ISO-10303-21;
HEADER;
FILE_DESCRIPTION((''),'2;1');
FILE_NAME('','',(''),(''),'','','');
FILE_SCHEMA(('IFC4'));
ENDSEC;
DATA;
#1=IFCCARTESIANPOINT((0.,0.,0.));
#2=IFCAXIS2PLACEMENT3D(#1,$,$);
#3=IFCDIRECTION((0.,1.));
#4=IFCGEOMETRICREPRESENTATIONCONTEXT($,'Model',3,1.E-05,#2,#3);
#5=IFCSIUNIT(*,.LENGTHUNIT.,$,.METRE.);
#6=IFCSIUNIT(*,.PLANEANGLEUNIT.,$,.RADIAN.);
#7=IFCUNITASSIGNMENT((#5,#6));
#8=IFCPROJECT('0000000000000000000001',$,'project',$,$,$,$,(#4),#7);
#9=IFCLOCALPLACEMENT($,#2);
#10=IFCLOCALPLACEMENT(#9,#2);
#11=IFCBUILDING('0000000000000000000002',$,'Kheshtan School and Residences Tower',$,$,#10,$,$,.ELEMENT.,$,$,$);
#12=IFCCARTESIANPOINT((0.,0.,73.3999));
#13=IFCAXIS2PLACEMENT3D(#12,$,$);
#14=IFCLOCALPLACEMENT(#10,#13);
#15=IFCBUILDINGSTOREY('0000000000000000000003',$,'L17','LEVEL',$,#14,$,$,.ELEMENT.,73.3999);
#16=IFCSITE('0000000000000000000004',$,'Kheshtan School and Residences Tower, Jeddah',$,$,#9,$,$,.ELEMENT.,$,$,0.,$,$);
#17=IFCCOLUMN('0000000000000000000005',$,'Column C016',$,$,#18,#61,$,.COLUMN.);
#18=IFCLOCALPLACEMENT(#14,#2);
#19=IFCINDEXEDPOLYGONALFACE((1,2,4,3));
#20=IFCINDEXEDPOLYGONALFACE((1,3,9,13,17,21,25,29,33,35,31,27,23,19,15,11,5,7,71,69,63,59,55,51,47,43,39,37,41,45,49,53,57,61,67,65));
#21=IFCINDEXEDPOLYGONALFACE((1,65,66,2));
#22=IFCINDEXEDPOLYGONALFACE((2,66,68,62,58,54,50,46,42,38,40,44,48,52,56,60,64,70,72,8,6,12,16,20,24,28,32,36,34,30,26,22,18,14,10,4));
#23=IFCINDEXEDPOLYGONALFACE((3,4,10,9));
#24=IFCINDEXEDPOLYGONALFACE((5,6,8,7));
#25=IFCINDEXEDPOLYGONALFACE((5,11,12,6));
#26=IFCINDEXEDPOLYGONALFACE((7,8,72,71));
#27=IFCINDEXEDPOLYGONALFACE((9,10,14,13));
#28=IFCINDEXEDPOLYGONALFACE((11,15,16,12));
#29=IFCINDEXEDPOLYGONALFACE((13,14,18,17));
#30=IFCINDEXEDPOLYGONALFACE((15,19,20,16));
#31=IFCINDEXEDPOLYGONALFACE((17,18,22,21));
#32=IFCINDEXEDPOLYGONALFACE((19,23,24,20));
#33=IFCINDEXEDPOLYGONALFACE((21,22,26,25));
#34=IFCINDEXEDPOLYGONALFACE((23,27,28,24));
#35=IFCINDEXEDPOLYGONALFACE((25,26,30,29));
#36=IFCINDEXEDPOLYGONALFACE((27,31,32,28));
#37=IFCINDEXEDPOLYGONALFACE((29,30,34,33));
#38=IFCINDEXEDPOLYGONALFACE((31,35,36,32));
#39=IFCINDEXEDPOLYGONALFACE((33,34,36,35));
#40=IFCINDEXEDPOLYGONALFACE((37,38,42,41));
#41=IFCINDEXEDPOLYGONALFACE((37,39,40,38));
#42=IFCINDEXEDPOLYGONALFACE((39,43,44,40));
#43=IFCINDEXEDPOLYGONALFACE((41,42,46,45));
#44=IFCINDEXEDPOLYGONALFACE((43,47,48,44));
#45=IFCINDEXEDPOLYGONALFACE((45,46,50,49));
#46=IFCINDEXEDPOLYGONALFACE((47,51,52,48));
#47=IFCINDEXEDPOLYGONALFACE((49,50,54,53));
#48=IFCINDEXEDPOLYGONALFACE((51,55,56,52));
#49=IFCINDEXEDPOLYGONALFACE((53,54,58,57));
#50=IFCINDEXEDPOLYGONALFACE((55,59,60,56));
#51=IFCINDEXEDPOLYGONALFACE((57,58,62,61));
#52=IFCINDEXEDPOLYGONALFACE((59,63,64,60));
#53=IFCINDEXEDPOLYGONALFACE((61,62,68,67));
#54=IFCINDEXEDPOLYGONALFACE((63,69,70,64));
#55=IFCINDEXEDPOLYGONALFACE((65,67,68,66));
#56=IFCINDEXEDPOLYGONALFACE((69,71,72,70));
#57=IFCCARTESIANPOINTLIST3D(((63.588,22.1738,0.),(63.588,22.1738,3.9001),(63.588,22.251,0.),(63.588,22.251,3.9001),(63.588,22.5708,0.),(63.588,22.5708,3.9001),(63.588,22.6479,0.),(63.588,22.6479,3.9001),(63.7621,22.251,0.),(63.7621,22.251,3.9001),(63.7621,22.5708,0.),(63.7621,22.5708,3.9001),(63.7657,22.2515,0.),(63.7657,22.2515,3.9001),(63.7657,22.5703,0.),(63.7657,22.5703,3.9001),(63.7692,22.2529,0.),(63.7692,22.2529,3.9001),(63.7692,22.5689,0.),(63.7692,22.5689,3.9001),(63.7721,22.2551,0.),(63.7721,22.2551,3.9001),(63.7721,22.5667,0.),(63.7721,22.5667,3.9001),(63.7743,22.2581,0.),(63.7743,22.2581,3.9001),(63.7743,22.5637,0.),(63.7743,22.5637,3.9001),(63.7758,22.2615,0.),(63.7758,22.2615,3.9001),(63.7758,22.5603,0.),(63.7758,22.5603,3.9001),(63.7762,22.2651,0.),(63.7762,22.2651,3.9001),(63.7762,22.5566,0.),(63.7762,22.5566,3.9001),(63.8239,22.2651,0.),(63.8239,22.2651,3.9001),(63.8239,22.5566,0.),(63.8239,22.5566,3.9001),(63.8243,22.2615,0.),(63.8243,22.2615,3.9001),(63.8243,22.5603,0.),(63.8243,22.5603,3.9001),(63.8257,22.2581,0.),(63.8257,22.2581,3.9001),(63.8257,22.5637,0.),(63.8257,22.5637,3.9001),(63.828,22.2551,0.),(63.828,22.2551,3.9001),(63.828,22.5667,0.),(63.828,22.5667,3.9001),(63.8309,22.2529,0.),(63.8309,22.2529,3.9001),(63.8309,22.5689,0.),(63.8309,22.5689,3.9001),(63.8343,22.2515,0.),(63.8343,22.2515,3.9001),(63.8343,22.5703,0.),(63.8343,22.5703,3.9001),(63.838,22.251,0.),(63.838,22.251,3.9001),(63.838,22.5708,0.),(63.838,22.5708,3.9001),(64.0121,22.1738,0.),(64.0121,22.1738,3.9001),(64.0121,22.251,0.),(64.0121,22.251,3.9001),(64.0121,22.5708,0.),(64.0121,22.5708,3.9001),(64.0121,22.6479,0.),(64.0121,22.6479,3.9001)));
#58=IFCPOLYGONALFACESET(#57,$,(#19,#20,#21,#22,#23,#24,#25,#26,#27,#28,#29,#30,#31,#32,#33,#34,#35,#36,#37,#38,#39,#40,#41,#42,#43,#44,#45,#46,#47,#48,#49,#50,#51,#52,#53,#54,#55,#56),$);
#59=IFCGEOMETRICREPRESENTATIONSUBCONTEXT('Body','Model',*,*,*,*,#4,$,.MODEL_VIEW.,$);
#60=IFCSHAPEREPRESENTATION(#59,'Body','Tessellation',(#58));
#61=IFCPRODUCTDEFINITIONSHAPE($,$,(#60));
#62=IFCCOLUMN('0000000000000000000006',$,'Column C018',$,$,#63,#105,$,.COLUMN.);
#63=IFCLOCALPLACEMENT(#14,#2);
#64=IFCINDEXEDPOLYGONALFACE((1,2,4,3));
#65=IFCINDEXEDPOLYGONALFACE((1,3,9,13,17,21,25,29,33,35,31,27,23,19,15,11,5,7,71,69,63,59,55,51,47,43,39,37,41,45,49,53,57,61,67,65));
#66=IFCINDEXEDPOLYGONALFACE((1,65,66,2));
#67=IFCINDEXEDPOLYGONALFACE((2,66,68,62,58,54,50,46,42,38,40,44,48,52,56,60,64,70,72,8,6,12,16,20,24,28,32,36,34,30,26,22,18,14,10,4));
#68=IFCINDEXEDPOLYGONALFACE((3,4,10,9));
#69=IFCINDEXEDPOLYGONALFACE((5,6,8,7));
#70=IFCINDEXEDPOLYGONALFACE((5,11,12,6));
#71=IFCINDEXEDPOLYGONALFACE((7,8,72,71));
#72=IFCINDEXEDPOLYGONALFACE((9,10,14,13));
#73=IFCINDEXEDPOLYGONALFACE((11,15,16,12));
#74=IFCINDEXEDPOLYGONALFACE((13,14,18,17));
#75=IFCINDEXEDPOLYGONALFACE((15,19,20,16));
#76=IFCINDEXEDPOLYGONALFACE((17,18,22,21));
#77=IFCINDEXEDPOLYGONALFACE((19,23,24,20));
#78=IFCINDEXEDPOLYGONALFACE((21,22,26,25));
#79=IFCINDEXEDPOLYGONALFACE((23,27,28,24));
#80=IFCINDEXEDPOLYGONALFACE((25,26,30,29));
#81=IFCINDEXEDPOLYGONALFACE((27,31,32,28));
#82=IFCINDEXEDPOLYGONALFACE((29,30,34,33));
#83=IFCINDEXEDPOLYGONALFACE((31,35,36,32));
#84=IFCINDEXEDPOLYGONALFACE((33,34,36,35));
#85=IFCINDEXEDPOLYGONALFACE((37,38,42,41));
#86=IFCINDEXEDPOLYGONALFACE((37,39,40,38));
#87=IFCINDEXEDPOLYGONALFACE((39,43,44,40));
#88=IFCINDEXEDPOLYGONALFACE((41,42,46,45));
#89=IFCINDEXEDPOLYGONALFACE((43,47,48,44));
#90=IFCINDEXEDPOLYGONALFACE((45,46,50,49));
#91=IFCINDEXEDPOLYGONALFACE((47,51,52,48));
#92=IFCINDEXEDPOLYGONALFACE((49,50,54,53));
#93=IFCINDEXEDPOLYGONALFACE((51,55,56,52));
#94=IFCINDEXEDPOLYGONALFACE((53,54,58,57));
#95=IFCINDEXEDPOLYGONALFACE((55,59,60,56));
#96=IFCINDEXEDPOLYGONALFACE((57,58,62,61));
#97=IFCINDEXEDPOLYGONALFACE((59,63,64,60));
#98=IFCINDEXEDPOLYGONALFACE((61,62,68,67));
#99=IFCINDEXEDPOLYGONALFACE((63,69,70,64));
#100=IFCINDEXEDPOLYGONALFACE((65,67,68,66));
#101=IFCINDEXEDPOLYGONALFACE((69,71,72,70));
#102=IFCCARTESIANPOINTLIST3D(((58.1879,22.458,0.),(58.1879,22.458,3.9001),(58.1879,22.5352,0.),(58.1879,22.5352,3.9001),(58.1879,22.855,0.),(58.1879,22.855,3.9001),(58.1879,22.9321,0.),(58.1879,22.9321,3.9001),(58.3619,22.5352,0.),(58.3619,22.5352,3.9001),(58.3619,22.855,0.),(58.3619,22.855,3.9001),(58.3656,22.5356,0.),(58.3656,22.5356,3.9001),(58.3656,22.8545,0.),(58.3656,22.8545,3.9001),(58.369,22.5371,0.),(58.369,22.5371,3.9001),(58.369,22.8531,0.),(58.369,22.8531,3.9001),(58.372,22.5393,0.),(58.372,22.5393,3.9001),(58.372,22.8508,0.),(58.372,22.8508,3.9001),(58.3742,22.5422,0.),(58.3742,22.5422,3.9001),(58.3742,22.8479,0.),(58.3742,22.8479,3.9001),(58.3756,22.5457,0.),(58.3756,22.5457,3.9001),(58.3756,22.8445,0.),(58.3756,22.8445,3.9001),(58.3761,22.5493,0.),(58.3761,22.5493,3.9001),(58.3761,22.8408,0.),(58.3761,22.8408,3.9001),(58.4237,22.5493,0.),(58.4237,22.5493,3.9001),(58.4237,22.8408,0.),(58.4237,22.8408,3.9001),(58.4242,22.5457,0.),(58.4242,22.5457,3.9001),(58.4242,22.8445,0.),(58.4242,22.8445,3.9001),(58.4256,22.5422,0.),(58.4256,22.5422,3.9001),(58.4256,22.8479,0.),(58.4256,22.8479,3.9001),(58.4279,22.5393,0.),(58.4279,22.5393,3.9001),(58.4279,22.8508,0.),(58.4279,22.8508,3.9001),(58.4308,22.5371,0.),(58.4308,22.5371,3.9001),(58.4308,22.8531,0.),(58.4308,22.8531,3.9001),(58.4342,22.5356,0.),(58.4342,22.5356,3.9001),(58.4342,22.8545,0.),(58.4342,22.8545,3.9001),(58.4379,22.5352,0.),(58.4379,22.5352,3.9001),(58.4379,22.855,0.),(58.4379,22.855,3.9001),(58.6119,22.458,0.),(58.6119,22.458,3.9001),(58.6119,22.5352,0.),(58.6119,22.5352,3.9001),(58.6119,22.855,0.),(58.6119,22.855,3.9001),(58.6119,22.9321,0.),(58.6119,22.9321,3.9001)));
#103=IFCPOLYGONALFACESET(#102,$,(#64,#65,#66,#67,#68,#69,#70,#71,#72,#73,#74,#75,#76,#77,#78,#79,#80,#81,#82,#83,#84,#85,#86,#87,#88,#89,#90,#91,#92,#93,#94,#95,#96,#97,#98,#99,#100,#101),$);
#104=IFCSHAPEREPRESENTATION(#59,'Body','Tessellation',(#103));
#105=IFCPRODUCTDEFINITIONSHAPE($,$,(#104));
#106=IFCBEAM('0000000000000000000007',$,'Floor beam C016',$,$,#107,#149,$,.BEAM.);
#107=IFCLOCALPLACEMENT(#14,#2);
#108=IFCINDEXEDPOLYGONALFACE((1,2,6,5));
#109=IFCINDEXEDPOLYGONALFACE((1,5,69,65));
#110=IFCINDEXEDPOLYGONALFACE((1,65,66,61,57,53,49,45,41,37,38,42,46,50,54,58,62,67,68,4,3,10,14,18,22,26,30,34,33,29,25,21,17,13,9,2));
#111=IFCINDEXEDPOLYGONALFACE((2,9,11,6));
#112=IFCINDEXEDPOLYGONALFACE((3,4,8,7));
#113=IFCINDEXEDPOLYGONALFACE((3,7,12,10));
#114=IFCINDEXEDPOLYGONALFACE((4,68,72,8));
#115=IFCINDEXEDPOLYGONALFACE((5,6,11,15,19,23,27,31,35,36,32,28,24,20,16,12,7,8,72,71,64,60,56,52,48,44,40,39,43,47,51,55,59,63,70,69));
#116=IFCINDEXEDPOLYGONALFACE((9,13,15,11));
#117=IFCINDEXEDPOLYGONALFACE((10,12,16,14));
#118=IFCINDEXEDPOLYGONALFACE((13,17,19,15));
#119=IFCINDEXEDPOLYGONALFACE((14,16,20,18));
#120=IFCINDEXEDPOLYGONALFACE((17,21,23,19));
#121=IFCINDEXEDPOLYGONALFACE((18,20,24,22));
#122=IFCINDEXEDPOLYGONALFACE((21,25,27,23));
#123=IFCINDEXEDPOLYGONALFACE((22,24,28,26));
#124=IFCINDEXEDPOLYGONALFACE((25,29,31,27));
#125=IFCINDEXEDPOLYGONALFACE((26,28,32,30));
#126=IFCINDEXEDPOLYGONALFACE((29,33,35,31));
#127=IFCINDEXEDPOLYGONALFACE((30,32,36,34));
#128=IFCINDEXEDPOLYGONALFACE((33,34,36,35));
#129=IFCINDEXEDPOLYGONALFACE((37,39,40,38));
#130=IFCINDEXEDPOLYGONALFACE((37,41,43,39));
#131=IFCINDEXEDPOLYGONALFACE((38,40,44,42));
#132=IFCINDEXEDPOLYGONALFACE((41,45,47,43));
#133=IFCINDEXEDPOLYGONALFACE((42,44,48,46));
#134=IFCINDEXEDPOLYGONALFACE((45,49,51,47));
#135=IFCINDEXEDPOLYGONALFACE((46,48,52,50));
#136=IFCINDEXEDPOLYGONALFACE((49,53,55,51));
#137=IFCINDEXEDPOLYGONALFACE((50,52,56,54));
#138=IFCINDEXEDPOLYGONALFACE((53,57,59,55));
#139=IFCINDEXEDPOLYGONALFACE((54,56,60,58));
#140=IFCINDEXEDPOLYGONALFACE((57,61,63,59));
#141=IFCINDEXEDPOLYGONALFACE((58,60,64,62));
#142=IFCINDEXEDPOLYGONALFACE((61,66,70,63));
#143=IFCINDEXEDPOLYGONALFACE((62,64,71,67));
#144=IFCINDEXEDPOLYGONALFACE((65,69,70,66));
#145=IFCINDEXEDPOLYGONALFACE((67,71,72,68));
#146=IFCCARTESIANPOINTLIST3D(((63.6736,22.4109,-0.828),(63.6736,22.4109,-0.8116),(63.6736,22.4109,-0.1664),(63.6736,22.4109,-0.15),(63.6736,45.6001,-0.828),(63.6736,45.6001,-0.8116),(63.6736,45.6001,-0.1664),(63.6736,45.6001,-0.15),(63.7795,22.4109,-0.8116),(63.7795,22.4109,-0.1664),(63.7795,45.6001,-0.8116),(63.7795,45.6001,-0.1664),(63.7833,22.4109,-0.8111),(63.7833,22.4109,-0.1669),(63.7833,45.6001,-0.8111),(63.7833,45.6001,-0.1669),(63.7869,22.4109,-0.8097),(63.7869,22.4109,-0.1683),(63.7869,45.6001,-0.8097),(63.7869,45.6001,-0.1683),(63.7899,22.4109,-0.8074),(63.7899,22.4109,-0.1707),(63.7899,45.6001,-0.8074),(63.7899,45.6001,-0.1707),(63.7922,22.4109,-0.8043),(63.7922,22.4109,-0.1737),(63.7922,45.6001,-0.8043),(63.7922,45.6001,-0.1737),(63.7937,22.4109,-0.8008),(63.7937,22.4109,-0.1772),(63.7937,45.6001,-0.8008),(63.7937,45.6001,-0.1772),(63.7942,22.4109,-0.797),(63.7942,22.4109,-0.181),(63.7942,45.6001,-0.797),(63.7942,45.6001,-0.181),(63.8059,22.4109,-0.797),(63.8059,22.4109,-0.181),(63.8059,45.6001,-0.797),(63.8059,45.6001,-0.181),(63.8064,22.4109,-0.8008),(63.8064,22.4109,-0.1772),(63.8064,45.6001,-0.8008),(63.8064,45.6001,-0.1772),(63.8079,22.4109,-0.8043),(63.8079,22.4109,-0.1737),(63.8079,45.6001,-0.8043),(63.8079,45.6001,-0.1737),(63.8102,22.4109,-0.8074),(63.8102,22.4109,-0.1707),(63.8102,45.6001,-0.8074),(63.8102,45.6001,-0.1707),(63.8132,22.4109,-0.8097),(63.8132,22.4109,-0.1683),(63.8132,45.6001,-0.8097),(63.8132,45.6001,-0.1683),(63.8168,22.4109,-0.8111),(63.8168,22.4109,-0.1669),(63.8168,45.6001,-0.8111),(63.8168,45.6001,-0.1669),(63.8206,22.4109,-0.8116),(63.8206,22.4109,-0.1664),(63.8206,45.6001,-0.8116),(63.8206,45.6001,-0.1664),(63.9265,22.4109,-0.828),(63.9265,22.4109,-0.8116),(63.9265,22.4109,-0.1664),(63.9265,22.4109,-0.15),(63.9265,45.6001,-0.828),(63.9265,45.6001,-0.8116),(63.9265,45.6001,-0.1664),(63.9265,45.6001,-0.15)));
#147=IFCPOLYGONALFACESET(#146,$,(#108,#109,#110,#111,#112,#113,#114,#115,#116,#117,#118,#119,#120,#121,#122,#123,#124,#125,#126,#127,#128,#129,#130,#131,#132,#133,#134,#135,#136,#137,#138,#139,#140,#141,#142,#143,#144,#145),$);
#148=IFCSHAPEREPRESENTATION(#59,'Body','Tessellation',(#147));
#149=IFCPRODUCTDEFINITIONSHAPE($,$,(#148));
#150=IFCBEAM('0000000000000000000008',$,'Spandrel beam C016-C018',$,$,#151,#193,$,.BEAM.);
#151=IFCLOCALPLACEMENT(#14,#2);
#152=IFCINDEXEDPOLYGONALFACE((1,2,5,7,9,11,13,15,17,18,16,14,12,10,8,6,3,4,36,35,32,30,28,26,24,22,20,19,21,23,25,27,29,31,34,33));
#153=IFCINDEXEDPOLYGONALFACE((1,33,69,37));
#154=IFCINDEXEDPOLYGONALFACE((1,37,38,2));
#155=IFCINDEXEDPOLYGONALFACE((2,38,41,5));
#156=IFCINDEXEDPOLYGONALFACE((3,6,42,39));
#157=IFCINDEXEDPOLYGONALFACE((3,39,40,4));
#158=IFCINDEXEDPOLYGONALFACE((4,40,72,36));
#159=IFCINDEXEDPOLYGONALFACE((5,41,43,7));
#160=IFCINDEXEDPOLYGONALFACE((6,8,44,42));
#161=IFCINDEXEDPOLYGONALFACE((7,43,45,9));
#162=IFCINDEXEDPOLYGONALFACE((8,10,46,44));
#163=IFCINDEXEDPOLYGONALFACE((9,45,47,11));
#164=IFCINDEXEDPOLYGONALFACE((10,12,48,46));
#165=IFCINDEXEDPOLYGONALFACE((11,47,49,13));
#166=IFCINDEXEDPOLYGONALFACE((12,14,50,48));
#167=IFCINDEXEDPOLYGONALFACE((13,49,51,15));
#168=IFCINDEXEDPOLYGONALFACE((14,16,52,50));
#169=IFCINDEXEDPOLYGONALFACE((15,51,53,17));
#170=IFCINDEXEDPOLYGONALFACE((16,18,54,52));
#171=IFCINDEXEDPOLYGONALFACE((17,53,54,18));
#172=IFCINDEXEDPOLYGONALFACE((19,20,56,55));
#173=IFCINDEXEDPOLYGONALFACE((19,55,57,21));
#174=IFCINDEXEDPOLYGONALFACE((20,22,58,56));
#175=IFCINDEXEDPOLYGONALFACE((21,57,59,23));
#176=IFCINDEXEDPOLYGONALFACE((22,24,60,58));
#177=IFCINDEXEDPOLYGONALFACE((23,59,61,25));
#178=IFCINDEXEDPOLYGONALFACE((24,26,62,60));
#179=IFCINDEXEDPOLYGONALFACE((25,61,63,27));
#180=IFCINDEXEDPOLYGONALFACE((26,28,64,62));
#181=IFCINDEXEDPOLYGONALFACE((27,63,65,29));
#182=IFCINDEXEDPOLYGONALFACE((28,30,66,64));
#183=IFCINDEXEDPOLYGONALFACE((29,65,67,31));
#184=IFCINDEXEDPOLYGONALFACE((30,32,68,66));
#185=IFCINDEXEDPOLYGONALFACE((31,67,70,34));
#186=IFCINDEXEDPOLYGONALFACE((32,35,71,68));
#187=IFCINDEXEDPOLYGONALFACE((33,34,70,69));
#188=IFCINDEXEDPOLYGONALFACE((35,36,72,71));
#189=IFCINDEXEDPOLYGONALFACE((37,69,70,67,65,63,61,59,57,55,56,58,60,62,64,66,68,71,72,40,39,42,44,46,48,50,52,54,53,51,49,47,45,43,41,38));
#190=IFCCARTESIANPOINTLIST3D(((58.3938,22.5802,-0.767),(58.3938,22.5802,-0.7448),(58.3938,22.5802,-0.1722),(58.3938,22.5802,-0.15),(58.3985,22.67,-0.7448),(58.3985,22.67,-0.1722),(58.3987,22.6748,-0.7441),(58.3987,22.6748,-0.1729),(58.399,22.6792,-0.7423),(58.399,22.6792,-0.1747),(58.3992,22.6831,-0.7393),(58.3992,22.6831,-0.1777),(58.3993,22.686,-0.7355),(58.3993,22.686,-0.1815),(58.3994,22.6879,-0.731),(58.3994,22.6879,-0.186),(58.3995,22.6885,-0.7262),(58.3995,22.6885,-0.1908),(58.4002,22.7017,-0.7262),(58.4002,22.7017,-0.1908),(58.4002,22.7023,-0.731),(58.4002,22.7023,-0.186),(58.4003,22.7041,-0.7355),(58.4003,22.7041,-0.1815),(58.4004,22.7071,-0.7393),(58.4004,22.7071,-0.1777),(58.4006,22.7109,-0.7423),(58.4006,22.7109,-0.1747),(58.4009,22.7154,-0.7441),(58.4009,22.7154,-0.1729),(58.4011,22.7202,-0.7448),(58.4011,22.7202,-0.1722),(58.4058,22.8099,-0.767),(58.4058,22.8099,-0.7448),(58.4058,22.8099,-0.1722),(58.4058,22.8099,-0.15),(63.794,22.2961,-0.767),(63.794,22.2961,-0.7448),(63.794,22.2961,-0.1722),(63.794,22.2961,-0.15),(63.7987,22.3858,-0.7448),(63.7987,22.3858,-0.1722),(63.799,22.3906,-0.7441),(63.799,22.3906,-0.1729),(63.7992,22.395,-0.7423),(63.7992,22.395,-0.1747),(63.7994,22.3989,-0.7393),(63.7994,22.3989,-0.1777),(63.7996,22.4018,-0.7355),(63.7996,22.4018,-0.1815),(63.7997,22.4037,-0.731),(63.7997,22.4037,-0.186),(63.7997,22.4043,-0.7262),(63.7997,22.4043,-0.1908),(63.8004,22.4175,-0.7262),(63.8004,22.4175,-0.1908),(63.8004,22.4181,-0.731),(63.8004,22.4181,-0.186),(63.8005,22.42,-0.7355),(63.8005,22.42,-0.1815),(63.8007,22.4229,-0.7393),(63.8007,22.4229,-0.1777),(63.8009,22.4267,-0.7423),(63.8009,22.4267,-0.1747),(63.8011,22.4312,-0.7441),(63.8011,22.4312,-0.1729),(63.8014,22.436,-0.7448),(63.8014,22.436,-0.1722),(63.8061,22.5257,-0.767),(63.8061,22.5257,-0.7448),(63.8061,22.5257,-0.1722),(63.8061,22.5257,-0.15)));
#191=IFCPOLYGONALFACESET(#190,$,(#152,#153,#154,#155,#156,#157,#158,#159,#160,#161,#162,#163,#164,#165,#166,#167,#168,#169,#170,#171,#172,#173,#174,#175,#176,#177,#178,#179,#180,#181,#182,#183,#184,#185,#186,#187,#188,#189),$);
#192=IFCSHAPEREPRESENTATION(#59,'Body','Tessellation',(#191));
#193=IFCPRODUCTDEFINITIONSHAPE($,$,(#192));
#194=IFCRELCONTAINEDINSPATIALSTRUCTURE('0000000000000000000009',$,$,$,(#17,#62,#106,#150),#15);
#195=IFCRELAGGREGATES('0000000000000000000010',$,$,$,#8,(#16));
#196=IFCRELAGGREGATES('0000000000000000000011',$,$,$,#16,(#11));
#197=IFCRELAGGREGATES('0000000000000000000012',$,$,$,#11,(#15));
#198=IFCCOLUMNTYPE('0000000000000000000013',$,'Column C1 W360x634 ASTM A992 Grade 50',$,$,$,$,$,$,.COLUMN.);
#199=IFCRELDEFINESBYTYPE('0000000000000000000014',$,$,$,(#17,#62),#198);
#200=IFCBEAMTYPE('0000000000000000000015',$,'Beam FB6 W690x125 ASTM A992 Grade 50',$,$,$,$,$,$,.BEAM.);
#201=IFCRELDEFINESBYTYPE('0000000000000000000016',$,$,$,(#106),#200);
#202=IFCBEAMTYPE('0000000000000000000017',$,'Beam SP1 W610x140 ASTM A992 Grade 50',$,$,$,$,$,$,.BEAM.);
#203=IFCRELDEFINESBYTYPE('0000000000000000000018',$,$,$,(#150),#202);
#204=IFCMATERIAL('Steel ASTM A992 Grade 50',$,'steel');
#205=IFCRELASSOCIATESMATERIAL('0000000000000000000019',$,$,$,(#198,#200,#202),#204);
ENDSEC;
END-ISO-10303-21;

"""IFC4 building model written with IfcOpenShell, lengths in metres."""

from ifc_helpers import new_model, si_unit, direction, frame, origin, origin_2d, place, context, subcontext, project, spatial, i_section, extrude, material, material_profile, profile_set, type_object, element, save


model = new_model("IFC4")

# Units and contexts
model_context = context("Model", 3, precision=1e-05, world=origin(), true_north=direction((0.0, 1.0)))
body_context = subcontext(model_context, "Body", "Model", "MODEL_VIEW")
ifc_project = project(units=[si_unit("LENGTHUNIT", "METRE"), si_unit("PLANEANGLEUNIT", "RADIAN")], contexts=[model_context])

# Site, building, storey
site_placement = place(None, origin())
site = spatial("IfcSite", under=ifc_project, at=site_placement, Name="Kheshtan School and Residences Tower, Jeddah", CompositionType="ELEMENT", RefElevation=0.0)
building_placement = place(site_placement, origin())
building = spatial("IfcBuilding", under=site, at=building_placement, Name="Kheshtan School and Residences Tower", CompositionType="ELEMENT")
storey_placement = place(building_placement, frame((0.0, 0.0, 73.3999)))
storey = spatial("IfcBuildingStorey", under=building, at=storey_placement, Name="L17", Description="LEVEL", CompositionType="ELEMENT", Elevation=73.3999)

# Columns
ifc_material_1 = material(Name="Steel ASTM A992 Grade 50", Category="steel")
ifc_material_profile_1 = material_profile(ifc_material_1, i_section(OverallWidth=0.4241, OverallDepth=0.4741, WebThickness=0.0476, FlangeThickness=0.0771, FilletRadius=0.0142, at=origin_2d()), Name="W360x634")
ifc_profile_set_1 = profile_set([ifc_material_profile_1], Name="Steel ASTM A992 Grade 50")
column_type = type_object("IfcColumnType", Name="Column C1 W360x634 ASTM A992 Grade 50", PredefinedType="COLUMN", material=ifc_profile_set_1)
for number, where, z_axis, x_axis, name in (
    (1, (63.8, 22.4109, 0.0), (0.0, 0.0, 1.0), (1.0, 0.0, 0.0), "Column C016"),
    (2, (58.3999, 22.6951, 0.0), (0.0, 0.0, 1.0), (1.0, 0.0, 0.0), "Column C018"),
):
    element("IfcColumn", number, at=place(storey_placement, frame(where, z_axis=z_axis, x_axis=x_axis)), inside=storey, type_object=column_type, Name=name, PredefinedType="COLUMN", context=body_context, shape_type="SweptSolid", body=[
        extrude(i_section(OverallWidth=0.4241, OverallDepth=0.4741, WebThickness=0.0476, FlangeThickness=0.0771, FilletRadius=0.0142, at=origin_2d()), origin(), (0.0, 0.0, 1.0), 3.9001),
    ])

# Beams
ifc_material_profile_2 = material_profile(ifc_material_1, i_section(OverallWidth=0.2529, OverallDepth=0.678, WebThickness=0.0117, FlangeThickness=0.0164, FilletRadius=0.0146, at=origin_2d()), Name="W690x125")
ifc_profile_set_2 = profile_set([ifc_material_profile_2], Name="Steel ASTM A992 Grade 50")
beam_type_1 = type_object("IfcBeamType", Name="Beam FB6 W690x125 ASTM A992 Grade 50", PredefinedType="BEAM", material=ifc_profile_set_2)
beam_1_placement = place(storey_placement, frame((63.8, 22.4109, -0.489), z_axis=(0.0, 1.0, 0.0), x_axis=(-1.0, 0.0, 0.0)))
element("IfcBeam", 3, at=beam_1_placement, inside=storey, type_object=beam_type_1, Name="Floor beam C016", PredefinedType="BEAM", context=body_context, shape_type="SweptSolid", body=[
    extrude(i_section(OverallWidth=0.2529, OverallDepth=0.678, WebThickness=0.0117, FlangeThickness=0.0164, FilletRadius=0.0146, at=origin_2d()), origin(), (0.0, 0.0, 1.0), 23.1892),
])
ifc_material_profile_3 = material_profile(ifc_material_1, i_section(OverallWidth=0.23, OverallDepth=0.6169, WebThickness=0.0132, FlangeThickness=0.0222, FilletRadius=0.0186, at=origin_2d()), Name="W610x140")
ifc_profile_set_3 = profile_set([ifc_material_profile_3], Name="Steel ASTM A992 Grade 50")
beam_type_2 = type_object("IfcBeamType", Name="Beam SP1 W610x140 ASTM A992 Grade 50", PredefinedType="BEAM", material=ifc_profile_set_3)
beam_2_placement = place(storey_placement, frame((63.8, 22.4109, -0.4585), z_axis=(-0.998618, 0.052552, 0.0), x_axis=(-0.052552, -0.998618, 0.0)))
element("IfcBeam", 4, at=beam_2_placement, inside=storey, type_object=beam_type_2, Name="Spandrel beam C016-C018", PredefinedType="BEAM", context=body_context, shape_type="SweptSolid", body=[
    extrude(i_section(OverallWidth=0.23, OverallDepth=0.6169, WebThickness=0.0132, FlangeThickness=0.0222, FilletRadius=0.0186, at=origin_2d()), origin(), (0.0, 0.0, 1.0), 5.4077),
])

save(model, "model.ifc")
